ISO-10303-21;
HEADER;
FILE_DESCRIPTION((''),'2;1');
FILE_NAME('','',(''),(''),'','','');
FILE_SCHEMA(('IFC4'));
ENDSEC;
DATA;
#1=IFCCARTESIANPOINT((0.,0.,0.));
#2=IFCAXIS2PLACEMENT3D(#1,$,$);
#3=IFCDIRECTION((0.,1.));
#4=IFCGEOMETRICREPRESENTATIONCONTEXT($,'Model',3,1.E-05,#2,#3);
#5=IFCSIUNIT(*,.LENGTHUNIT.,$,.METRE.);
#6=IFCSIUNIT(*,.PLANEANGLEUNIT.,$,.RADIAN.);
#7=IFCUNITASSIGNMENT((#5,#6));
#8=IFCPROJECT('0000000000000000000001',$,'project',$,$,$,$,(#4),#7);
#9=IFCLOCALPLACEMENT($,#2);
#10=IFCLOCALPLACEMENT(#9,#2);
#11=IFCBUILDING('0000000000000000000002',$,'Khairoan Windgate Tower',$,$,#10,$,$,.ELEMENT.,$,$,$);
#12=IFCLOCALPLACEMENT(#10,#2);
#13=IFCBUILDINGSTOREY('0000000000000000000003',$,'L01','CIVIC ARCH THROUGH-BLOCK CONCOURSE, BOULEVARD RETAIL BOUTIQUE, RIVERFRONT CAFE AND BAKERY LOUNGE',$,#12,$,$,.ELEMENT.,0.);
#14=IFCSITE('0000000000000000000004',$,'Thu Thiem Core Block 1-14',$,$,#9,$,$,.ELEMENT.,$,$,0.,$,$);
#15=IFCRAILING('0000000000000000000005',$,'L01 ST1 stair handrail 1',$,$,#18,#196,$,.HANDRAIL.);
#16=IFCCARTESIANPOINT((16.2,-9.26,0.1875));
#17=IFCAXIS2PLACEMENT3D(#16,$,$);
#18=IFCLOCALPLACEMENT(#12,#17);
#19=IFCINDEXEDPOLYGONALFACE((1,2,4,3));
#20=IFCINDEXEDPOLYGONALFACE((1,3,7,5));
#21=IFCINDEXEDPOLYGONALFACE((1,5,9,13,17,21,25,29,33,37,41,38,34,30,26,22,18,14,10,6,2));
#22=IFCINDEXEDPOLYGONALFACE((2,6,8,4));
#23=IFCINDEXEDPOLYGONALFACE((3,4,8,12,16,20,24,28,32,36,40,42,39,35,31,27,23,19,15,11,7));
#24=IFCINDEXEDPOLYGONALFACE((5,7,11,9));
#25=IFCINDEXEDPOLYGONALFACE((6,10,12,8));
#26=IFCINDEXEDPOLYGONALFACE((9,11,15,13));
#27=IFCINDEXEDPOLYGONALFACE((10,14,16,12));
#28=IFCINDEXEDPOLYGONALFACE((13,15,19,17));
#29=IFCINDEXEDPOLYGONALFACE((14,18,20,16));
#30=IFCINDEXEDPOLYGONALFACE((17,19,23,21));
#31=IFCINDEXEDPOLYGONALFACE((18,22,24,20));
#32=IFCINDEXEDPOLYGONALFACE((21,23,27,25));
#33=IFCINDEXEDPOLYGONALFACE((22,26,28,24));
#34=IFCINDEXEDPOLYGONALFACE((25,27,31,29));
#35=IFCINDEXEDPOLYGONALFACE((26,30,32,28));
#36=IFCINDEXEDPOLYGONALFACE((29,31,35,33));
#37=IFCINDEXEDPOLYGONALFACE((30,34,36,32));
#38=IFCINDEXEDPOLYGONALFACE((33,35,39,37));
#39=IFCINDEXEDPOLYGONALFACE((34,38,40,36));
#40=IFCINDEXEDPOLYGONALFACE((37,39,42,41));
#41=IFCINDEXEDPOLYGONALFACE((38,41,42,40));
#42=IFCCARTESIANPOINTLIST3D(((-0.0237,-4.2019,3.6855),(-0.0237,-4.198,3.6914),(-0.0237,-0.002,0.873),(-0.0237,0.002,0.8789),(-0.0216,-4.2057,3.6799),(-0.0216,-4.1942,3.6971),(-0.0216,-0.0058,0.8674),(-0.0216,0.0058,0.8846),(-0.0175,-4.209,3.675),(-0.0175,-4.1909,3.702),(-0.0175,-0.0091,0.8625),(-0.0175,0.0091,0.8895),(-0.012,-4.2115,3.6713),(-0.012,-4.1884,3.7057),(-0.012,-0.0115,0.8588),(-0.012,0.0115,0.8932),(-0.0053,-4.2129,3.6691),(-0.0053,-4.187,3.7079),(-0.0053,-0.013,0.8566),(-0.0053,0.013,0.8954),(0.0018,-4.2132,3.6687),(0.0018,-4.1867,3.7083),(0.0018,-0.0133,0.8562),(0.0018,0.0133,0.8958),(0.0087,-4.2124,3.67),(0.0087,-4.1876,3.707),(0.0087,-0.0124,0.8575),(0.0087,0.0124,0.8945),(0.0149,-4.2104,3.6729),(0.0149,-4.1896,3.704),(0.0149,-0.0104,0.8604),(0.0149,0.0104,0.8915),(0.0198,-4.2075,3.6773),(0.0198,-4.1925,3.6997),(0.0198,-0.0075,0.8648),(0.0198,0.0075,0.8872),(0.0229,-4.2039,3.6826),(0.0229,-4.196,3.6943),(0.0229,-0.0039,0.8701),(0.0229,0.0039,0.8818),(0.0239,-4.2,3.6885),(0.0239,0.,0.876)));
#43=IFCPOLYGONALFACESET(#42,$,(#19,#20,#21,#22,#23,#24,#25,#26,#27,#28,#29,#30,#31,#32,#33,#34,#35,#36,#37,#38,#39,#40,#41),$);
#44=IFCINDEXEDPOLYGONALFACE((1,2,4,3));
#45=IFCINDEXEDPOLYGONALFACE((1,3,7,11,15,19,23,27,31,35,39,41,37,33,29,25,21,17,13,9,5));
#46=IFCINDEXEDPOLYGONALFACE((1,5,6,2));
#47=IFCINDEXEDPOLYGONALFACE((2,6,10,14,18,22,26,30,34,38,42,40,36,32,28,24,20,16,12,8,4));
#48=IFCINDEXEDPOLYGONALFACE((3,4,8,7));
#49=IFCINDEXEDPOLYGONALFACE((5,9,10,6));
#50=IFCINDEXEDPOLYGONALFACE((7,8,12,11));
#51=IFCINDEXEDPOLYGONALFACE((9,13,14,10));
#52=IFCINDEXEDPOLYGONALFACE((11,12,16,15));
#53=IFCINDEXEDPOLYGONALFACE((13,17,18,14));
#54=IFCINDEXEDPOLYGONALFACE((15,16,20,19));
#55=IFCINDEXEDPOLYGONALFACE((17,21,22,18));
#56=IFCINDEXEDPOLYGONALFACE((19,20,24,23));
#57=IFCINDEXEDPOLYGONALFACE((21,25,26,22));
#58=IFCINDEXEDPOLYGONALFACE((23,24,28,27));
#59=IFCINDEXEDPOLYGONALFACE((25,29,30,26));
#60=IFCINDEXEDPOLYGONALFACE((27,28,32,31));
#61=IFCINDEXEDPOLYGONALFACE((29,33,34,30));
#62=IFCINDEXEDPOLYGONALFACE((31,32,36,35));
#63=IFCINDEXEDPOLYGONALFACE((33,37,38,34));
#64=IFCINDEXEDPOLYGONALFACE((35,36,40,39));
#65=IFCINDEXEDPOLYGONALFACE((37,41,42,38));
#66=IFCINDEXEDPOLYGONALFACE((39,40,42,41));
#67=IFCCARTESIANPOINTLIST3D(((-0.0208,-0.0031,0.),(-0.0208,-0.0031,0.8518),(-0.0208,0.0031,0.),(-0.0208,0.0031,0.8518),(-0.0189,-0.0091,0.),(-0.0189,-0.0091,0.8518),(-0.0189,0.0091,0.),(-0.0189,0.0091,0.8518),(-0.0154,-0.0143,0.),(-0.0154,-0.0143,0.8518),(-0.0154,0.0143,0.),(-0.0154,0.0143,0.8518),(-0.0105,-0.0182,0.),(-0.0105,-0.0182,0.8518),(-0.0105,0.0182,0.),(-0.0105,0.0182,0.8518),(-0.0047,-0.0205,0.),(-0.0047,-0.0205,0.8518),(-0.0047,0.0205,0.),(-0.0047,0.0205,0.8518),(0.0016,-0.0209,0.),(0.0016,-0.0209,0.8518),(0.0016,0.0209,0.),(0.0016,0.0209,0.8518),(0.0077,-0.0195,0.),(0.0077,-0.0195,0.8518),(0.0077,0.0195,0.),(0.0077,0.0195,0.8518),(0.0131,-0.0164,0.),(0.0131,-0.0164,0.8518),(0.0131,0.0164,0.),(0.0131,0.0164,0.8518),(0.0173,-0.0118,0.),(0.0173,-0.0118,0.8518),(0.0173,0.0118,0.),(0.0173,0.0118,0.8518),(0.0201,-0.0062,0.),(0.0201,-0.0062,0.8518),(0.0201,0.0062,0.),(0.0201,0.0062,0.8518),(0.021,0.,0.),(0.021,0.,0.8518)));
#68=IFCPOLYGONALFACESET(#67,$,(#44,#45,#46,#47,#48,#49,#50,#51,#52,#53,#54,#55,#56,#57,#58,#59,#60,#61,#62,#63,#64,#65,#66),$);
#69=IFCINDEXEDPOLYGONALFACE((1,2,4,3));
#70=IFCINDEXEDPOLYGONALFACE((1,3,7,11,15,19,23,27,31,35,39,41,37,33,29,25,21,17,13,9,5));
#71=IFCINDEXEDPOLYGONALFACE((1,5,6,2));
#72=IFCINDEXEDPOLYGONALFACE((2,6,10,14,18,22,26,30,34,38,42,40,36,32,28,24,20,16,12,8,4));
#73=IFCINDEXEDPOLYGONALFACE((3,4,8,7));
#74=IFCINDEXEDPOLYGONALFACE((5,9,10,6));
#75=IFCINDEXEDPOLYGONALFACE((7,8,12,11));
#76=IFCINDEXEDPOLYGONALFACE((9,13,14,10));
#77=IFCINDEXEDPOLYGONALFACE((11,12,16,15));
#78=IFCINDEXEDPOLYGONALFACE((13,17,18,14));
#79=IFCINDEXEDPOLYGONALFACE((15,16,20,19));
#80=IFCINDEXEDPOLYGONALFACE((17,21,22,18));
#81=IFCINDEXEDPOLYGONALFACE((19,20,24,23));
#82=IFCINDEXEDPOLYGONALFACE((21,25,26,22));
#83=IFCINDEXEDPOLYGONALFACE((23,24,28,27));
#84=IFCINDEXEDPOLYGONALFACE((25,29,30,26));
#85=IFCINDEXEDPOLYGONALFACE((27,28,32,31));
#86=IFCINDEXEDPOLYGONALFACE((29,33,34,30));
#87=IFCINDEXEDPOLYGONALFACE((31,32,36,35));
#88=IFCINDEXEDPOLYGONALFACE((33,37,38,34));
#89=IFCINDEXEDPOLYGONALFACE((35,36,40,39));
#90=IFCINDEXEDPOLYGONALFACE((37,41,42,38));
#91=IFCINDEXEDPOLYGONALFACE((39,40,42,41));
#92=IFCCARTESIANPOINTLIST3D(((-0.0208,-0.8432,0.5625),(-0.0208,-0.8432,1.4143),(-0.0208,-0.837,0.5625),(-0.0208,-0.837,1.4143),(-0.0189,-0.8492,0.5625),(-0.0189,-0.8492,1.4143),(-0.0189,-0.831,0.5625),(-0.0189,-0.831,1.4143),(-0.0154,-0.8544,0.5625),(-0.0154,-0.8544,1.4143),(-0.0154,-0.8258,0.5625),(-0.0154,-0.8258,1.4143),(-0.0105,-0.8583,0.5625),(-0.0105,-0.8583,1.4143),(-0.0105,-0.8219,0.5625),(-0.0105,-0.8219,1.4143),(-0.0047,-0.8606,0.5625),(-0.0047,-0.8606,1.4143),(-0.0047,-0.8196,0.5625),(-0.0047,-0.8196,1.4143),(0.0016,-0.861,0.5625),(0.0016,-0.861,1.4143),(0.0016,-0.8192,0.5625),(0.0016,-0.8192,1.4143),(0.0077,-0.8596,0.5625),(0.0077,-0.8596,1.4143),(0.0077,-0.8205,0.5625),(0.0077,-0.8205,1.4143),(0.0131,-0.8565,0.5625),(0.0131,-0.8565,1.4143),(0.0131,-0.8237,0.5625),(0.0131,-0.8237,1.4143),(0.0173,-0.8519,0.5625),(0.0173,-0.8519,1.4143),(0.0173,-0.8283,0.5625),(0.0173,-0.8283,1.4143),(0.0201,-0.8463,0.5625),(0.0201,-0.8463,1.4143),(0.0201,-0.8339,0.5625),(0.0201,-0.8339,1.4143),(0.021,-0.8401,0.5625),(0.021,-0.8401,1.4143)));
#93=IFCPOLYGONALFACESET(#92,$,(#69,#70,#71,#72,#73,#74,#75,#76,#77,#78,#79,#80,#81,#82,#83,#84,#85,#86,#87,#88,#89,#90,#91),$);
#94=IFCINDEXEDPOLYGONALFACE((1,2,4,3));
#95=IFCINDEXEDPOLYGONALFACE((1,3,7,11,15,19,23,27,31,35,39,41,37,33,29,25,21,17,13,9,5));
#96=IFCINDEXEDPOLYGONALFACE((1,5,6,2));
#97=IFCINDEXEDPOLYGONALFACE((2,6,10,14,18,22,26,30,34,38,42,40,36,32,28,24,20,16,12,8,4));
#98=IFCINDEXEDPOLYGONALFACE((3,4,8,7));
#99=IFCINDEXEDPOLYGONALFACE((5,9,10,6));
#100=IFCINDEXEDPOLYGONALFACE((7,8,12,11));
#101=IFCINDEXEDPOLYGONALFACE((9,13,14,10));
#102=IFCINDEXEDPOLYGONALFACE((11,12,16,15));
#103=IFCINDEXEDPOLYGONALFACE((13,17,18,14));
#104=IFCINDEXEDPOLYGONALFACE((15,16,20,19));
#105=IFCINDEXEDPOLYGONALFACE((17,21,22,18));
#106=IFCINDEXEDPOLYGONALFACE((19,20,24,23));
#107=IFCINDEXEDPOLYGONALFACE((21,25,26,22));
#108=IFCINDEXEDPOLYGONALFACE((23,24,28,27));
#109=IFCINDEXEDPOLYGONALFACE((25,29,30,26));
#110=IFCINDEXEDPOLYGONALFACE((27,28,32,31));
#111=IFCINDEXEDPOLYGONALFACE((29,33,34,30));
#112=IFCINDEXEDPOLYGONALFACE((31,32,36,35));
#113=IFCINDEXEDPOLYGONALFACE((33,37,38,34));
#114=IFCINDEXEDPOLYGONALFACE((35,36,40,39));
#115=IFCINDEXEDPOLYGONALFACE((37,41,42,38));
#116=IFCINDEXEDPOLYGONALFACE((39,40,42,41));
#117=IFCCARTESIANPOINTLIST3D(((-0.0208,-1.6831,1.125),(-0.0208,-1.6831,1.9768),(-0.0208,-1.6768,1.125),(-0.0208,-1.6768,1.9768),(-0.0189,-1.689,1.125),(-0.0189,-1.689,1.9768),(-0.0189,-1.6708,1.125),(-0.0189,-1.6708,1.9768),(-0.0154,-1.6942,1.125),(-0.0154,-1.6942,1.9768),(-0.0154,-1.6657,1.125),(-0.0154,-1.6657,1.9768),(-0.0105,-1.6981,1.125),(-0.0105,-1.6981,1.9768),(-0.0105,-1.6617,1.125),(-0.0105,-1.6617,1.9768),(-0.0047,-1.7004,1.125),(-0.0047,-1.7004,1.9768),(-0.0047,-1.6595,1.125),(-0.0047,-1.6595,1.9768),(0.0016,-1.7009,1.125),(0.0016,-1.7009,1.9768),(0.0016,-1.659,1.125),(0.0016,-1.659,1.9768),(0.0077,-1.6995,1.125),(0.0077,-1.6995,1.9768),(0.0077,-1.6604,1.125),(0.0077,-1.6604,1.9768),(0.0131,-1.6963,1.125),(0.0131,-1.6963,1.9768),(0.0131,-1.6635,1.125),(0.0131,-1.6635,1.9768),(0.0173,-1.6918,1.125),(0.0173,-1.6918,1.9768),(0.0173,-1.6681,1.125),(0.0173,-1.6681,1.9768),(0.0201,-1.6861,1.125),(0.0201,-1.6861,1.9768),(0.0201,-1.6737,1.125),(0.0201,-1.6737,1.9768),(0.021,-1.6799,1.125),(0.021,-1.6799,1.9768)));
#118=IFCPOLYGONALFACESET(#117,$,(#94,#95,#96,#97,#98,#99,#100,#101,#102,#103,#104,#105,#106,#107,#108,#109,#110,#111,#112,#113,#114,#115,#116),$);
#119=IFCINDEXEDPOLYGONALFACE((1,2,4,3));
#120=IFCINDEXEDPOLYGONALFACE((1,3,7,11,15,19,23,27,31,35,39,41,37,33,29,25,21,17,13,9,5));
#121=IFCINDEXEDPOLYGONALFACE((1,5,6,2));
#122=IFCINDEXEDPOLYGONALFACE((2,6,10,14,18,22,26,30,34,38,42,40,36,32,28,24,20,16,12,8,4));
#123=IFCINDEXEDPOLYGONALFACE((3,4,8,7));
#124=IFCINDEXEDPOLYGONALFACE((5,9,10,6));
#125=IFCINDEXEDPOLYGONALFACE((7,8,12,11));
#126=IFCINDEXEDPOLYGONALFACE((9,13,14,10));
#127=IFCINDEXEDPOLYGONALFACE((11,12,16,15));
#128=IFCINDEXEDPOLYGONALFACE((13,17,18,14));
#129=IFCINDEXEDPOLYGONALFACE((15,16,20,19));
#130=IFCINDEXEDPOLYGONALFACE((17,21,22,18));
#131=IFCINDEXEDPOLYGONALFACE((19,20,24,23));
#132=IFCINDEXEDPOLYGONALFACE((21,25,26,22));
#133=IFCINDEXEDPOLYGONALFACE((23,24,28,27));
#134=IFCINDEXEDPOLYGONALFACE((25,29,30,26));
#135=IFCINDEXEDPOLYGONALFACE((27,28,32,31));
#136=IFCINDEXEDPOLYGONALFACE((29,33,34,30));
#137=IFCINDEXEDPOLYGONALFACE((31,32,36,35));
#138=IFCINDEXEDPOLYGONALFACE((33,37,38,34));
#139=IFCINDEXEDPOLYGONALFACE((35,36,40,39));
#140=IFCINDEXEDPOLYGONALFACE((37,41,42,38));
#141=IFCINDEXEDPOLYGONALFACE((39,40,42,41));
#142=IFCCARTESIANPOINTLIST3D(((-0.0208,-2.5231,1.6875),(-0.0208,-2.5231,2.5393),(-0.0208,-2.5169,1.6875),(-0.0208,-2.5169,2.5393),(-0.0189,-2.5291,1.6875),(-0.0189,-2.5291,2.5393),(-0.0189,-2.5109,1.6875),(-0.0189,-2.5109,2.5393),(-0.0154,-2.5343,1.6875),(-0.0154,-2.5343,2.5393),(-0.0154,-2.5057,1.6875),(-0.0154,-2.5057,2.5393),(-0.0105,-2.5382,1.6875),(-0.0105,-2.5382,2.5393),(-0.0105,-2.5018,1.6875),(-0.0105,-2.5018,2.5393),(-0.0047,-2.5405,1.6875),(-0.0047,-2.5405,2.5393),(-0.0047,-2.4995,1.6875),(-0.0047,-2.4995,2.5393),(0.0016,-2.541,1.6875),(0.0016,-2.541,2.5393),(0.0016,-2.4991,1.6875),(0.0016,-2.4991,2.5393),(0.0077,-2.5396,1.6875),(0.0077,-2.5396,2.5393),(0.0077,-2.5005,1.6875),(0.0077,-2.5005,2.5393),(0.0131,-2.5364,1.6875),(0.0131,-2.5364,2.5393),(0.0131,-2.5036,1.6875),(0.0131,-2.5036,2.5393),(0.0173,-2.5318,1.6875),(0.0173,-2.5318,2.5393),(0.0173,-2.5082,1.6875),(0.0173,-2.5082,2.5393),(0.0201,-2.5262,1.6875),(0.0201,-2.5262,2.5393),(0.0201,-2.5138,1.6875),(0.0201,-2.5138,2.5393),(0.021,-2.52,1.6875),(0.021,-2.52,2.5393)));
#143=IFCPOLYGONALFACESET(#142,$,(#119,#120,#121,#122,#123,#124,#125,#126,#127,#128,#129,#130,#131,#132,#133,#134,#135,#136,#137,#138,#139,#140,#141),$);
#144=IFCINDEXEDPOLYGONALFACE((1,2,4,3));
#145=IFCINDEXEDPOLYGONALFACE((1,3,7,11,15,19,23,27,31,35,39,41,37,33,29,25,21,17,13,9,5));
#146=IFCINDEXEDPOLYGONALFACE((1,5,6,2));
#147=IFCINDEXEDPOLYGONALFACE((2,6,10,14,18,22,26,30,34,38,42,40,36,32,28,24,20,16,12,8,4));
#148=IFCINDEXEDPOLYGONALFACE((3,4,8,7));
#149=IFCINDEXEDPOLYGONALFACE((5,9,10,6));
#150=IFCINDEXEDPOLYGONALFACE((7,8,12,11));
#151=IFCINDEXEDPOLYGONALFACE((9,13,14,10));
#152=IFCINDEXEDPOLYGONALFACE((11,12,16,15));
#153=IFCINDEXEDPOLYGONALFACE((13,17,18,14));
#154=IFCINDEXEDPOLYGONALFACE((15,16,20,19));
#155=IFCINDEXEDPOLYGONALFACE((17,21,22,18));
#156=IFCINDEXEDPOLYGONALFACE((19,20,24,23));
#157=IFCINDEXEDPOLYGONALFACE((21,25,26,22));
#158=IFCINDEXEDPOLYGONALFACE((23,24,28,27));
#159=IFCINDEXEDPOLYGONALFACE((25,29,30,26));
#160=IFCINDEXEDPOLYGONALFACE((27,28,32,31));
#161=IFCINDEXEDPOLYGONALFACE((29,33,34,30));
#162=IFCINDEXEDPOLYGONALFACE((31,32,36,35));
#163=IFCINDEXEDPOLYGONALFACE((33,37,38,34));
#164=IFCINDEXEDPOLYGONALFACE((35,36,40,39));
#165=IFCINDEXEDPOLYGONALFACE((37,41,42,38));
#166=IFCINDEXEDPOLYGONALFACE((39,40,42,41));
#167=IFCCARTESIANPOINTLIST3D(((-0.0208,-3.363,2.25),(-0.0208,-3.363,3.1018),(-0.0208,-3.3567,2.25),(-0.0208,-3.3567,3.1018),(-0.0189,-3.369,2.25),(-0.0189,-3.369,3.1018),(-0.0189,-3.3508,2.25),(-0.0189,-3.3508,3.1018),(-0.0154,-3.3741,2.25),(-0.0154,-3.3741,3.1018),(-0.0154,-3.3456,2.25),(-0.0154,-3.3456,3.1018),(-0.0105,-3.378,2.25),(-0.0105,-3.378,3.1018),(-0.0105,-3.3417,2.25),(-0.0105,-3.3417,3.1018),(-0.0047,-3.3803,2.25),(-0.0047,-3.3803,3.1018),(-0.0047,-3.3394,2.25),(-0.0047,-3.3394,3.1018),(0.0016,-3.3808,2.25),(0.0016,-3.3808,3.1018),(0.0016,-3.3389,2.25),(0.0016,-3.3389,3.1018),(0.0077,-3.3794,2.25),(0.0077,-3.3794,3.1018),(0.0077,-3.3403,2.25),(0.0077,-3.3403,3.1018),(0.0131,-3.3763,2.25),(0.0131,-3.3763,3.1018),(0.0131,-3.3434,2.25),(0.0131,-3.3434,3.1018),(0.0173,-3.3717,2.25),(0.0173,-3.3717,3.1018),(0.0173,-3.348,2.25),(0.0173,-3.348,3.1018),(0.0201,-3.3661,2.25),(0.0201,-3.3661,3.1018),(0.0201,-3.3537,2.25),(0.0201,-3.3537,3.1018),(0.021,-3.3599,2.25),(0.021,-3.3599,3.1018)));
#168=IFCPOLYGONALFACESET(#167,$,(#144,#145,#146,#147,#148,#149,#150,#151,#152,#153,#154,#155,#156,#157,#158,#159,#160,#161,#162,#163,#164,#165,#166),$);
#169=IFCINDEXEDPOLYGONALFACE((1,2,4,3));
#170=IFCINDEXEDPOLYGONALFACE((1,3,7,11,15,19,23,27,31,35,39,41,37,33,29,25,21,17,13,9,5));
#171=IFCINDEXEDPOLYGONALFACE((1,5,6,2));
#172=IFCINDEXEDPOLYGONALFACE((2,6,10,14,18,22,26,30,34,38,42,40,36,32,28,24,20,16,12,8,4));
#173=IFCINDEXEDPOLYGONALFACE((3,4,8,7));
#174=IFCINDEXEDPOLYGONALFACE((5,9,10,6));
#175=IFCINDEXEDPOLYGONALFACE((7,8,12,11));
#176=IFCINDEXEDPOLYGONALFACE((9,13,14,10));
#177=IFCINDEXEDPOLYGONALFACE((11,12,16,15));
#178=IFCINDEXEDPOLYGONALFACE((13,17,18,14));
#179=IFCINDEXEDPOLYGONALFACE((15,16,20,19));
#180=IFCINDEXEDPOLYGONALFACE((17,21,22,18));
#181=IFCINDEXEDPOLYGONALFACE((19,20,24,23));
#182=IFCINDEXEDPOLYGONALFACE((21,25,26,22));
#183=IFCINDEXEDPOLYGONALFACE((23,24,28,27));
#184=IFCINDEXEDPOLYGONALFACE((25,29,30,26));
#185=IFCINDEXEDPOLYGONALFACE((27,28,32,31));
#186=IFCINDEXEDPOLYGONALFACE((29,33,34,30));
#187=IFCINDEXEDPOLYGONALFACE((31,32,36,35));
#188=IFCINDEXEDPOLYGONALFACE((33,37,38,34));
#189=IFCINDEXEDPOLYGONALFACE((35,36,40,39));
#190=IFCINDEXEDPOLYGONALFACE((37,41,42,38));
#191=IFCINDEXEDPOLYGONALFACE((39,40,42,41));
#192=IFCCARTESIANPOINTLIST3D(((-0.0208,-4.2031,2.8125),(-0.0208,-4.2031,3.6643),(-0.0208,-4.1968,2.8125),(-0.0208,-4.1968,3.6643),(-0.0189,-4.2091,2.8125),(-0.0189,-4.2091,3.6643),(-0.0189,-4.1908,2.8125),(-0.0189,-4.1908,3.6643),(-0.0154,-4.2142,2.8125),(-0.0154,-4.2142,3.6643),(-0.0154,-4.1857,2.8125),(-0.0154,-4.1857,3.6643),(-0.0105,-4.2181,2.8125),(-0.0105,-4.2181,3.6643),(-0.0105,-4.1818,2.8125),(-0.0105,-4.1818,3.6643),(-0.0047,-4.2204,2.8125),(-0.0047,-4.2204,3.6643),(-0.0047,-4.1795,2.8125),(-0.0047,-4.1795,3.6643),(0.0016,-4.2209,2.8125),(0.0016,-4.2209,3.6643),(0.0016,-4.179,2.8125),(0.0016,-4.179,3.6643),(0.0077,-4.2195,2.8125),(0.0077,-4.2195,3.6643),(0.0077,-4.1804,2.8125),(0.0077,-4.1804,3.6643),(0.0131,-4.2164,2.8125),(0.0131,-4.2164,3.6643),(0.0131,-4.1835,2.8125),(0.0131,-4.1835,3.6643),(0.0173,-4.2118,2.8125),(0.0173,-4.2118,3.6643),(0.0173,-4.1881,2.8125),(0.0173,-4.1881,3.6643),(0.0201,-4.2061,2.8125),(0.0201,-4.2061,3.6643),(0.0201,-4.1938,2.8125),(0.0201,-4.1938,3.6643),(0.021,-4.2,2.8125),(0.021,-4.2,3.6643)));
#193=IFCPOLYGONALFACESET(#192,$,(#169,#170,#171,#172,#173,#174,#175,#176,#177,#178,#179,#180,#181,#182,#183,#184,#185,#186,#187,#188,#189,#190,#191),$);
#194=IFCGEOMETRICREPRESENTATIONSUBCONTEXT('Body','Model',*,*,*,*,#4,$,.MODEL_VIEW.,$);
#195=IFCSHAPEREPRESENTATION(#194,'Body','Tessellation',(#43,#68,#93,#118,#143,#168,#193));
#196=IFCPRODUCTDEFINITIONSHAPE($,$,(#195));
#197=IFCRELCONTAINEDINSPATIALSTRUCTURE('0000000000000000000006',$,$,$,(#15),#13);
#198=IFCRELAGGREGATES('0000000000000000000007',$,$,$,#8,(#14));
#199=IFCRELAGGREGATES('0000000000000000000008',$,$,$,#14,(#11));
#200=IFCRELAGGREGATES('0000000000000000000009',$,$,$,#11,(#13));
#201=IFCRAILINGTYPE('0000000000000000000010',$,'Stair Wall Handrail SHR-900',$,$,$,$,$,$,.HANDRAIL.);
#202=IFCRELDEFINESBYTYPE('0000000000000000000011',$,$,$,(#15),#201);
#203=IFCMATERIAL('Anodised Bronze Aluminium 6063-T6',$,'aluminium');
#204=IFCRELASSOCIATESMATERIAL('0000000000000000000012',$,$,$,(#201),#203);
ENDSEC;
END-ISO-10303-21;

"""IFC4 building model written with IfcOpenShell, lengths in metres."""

from ifc_helpers import new_model, si_unit, direction, frame, origin, origin_2d, place, context, subcontext, project, spatial, circle, extrude, material, type_object, element, save


model = new_model("IFC4")

# Units and contexts
model_context = context("Model", 3, precision=1e-05, world=origin(), true_north=direction((0.0, 1.0)))
body_context = subcontext(model_context, "Body", "Model", "MODEL_VIEW")
ifc_project = project(units=[si_unit("LENGTHUNIT", "METRE"), si_unit("PLANEANGLEUNIT", "RADIAN")], contexts=[model_context])

# Site, building, storey
site_placement = place(None, origin())
site = spatial("IfcSite", under=ifc_project, at=site_placement, Name="Thu Thiem Core Block 1-14", CompositionType="ELEMENT", RefElevation=0.0)
building_placement = place(site_placement, origin())
building = spatial("IfcBuilding", under=site, at=building_placement, Name="Khairoan Windgate Tower", CompositionType="ELEMENT")
storey_placement = place(building_placement, origin())
storey = spatial("IfcBuildingStorey", under=building, at=storey_placement, Name="L01", Description="CIVIC ARCH THROUGH-BLOCK CONCOURSE, BOULEVARD RETAIL BOUTIQUE, RIVERFRONT CAFE AND BAKERY LOUNGE", CompositionType="ELEMENT", Elevation=0.0)

# Railing
ifc_material_1 = material(Name="Anodised Bronze Aluminium 6063-T6", Category="aluminium")
railing_type_1 = type_object("IfcRailingType", Name="Stair Wall Handrail SHR-900", PredefinedType="HANDRAIL", material=ifc_material_1)
railing_1_placement = place(storey_placement, frame((16.2, -9.26, 0.1875)))
element("IfcRailing", 1, at=railing_1_placement, inside=storey, type_object=railing_type_1, Name="L01 ST1 stair handrail 1", PredefinedType="HANDRAIL", context=body_context, shape_type="SweptSolid", body=[
    extrude(circle(Radius=0.0239, at=origin_2d()), frame((0.0, 0.0, 0.876), z_axis=(0.0, -0.830904, 0.556416), x_axis=(1.0, 0.0, 0.0)), (0.0, 0.0, 1.0), 5.0547),
    extrude(circle(Radius=0.021, at=origin_2d()), origin(), (0.0, 0.0, 1.0), 0.8518),
    extrude(circle(Radius=0.021, at=origin_2d()), frame((0.0, -0.8401, 0.5625)), (0.0, 0.0, 1.0), 0.8518),
    extrude(circle(Radius=0.021, at=origin_2d()), frame((0.0, -1.6799, 1.125)), (0.0, 0.0, 1.0), 0.8518),
    extrude(circle(Radius=0.021, at=origin_2d()), frame((0.0, -2.52, 1.6875)), (0.0, 0.0, 1.0), 0.8518),
    extrude(circle(Radius=0.021, at=origin_2d()), frame((0.0, -3.3599, 2.25)), (0.0, 0.0, 1.0), 0.8518),
    extrude(circle(Radius=0.021, at=origin_2d()), frame((0.0, -4.2, 2.8125)), (0.0, 0.0, 1.0), 0.8518),
])

save(model, "model.ifc")
